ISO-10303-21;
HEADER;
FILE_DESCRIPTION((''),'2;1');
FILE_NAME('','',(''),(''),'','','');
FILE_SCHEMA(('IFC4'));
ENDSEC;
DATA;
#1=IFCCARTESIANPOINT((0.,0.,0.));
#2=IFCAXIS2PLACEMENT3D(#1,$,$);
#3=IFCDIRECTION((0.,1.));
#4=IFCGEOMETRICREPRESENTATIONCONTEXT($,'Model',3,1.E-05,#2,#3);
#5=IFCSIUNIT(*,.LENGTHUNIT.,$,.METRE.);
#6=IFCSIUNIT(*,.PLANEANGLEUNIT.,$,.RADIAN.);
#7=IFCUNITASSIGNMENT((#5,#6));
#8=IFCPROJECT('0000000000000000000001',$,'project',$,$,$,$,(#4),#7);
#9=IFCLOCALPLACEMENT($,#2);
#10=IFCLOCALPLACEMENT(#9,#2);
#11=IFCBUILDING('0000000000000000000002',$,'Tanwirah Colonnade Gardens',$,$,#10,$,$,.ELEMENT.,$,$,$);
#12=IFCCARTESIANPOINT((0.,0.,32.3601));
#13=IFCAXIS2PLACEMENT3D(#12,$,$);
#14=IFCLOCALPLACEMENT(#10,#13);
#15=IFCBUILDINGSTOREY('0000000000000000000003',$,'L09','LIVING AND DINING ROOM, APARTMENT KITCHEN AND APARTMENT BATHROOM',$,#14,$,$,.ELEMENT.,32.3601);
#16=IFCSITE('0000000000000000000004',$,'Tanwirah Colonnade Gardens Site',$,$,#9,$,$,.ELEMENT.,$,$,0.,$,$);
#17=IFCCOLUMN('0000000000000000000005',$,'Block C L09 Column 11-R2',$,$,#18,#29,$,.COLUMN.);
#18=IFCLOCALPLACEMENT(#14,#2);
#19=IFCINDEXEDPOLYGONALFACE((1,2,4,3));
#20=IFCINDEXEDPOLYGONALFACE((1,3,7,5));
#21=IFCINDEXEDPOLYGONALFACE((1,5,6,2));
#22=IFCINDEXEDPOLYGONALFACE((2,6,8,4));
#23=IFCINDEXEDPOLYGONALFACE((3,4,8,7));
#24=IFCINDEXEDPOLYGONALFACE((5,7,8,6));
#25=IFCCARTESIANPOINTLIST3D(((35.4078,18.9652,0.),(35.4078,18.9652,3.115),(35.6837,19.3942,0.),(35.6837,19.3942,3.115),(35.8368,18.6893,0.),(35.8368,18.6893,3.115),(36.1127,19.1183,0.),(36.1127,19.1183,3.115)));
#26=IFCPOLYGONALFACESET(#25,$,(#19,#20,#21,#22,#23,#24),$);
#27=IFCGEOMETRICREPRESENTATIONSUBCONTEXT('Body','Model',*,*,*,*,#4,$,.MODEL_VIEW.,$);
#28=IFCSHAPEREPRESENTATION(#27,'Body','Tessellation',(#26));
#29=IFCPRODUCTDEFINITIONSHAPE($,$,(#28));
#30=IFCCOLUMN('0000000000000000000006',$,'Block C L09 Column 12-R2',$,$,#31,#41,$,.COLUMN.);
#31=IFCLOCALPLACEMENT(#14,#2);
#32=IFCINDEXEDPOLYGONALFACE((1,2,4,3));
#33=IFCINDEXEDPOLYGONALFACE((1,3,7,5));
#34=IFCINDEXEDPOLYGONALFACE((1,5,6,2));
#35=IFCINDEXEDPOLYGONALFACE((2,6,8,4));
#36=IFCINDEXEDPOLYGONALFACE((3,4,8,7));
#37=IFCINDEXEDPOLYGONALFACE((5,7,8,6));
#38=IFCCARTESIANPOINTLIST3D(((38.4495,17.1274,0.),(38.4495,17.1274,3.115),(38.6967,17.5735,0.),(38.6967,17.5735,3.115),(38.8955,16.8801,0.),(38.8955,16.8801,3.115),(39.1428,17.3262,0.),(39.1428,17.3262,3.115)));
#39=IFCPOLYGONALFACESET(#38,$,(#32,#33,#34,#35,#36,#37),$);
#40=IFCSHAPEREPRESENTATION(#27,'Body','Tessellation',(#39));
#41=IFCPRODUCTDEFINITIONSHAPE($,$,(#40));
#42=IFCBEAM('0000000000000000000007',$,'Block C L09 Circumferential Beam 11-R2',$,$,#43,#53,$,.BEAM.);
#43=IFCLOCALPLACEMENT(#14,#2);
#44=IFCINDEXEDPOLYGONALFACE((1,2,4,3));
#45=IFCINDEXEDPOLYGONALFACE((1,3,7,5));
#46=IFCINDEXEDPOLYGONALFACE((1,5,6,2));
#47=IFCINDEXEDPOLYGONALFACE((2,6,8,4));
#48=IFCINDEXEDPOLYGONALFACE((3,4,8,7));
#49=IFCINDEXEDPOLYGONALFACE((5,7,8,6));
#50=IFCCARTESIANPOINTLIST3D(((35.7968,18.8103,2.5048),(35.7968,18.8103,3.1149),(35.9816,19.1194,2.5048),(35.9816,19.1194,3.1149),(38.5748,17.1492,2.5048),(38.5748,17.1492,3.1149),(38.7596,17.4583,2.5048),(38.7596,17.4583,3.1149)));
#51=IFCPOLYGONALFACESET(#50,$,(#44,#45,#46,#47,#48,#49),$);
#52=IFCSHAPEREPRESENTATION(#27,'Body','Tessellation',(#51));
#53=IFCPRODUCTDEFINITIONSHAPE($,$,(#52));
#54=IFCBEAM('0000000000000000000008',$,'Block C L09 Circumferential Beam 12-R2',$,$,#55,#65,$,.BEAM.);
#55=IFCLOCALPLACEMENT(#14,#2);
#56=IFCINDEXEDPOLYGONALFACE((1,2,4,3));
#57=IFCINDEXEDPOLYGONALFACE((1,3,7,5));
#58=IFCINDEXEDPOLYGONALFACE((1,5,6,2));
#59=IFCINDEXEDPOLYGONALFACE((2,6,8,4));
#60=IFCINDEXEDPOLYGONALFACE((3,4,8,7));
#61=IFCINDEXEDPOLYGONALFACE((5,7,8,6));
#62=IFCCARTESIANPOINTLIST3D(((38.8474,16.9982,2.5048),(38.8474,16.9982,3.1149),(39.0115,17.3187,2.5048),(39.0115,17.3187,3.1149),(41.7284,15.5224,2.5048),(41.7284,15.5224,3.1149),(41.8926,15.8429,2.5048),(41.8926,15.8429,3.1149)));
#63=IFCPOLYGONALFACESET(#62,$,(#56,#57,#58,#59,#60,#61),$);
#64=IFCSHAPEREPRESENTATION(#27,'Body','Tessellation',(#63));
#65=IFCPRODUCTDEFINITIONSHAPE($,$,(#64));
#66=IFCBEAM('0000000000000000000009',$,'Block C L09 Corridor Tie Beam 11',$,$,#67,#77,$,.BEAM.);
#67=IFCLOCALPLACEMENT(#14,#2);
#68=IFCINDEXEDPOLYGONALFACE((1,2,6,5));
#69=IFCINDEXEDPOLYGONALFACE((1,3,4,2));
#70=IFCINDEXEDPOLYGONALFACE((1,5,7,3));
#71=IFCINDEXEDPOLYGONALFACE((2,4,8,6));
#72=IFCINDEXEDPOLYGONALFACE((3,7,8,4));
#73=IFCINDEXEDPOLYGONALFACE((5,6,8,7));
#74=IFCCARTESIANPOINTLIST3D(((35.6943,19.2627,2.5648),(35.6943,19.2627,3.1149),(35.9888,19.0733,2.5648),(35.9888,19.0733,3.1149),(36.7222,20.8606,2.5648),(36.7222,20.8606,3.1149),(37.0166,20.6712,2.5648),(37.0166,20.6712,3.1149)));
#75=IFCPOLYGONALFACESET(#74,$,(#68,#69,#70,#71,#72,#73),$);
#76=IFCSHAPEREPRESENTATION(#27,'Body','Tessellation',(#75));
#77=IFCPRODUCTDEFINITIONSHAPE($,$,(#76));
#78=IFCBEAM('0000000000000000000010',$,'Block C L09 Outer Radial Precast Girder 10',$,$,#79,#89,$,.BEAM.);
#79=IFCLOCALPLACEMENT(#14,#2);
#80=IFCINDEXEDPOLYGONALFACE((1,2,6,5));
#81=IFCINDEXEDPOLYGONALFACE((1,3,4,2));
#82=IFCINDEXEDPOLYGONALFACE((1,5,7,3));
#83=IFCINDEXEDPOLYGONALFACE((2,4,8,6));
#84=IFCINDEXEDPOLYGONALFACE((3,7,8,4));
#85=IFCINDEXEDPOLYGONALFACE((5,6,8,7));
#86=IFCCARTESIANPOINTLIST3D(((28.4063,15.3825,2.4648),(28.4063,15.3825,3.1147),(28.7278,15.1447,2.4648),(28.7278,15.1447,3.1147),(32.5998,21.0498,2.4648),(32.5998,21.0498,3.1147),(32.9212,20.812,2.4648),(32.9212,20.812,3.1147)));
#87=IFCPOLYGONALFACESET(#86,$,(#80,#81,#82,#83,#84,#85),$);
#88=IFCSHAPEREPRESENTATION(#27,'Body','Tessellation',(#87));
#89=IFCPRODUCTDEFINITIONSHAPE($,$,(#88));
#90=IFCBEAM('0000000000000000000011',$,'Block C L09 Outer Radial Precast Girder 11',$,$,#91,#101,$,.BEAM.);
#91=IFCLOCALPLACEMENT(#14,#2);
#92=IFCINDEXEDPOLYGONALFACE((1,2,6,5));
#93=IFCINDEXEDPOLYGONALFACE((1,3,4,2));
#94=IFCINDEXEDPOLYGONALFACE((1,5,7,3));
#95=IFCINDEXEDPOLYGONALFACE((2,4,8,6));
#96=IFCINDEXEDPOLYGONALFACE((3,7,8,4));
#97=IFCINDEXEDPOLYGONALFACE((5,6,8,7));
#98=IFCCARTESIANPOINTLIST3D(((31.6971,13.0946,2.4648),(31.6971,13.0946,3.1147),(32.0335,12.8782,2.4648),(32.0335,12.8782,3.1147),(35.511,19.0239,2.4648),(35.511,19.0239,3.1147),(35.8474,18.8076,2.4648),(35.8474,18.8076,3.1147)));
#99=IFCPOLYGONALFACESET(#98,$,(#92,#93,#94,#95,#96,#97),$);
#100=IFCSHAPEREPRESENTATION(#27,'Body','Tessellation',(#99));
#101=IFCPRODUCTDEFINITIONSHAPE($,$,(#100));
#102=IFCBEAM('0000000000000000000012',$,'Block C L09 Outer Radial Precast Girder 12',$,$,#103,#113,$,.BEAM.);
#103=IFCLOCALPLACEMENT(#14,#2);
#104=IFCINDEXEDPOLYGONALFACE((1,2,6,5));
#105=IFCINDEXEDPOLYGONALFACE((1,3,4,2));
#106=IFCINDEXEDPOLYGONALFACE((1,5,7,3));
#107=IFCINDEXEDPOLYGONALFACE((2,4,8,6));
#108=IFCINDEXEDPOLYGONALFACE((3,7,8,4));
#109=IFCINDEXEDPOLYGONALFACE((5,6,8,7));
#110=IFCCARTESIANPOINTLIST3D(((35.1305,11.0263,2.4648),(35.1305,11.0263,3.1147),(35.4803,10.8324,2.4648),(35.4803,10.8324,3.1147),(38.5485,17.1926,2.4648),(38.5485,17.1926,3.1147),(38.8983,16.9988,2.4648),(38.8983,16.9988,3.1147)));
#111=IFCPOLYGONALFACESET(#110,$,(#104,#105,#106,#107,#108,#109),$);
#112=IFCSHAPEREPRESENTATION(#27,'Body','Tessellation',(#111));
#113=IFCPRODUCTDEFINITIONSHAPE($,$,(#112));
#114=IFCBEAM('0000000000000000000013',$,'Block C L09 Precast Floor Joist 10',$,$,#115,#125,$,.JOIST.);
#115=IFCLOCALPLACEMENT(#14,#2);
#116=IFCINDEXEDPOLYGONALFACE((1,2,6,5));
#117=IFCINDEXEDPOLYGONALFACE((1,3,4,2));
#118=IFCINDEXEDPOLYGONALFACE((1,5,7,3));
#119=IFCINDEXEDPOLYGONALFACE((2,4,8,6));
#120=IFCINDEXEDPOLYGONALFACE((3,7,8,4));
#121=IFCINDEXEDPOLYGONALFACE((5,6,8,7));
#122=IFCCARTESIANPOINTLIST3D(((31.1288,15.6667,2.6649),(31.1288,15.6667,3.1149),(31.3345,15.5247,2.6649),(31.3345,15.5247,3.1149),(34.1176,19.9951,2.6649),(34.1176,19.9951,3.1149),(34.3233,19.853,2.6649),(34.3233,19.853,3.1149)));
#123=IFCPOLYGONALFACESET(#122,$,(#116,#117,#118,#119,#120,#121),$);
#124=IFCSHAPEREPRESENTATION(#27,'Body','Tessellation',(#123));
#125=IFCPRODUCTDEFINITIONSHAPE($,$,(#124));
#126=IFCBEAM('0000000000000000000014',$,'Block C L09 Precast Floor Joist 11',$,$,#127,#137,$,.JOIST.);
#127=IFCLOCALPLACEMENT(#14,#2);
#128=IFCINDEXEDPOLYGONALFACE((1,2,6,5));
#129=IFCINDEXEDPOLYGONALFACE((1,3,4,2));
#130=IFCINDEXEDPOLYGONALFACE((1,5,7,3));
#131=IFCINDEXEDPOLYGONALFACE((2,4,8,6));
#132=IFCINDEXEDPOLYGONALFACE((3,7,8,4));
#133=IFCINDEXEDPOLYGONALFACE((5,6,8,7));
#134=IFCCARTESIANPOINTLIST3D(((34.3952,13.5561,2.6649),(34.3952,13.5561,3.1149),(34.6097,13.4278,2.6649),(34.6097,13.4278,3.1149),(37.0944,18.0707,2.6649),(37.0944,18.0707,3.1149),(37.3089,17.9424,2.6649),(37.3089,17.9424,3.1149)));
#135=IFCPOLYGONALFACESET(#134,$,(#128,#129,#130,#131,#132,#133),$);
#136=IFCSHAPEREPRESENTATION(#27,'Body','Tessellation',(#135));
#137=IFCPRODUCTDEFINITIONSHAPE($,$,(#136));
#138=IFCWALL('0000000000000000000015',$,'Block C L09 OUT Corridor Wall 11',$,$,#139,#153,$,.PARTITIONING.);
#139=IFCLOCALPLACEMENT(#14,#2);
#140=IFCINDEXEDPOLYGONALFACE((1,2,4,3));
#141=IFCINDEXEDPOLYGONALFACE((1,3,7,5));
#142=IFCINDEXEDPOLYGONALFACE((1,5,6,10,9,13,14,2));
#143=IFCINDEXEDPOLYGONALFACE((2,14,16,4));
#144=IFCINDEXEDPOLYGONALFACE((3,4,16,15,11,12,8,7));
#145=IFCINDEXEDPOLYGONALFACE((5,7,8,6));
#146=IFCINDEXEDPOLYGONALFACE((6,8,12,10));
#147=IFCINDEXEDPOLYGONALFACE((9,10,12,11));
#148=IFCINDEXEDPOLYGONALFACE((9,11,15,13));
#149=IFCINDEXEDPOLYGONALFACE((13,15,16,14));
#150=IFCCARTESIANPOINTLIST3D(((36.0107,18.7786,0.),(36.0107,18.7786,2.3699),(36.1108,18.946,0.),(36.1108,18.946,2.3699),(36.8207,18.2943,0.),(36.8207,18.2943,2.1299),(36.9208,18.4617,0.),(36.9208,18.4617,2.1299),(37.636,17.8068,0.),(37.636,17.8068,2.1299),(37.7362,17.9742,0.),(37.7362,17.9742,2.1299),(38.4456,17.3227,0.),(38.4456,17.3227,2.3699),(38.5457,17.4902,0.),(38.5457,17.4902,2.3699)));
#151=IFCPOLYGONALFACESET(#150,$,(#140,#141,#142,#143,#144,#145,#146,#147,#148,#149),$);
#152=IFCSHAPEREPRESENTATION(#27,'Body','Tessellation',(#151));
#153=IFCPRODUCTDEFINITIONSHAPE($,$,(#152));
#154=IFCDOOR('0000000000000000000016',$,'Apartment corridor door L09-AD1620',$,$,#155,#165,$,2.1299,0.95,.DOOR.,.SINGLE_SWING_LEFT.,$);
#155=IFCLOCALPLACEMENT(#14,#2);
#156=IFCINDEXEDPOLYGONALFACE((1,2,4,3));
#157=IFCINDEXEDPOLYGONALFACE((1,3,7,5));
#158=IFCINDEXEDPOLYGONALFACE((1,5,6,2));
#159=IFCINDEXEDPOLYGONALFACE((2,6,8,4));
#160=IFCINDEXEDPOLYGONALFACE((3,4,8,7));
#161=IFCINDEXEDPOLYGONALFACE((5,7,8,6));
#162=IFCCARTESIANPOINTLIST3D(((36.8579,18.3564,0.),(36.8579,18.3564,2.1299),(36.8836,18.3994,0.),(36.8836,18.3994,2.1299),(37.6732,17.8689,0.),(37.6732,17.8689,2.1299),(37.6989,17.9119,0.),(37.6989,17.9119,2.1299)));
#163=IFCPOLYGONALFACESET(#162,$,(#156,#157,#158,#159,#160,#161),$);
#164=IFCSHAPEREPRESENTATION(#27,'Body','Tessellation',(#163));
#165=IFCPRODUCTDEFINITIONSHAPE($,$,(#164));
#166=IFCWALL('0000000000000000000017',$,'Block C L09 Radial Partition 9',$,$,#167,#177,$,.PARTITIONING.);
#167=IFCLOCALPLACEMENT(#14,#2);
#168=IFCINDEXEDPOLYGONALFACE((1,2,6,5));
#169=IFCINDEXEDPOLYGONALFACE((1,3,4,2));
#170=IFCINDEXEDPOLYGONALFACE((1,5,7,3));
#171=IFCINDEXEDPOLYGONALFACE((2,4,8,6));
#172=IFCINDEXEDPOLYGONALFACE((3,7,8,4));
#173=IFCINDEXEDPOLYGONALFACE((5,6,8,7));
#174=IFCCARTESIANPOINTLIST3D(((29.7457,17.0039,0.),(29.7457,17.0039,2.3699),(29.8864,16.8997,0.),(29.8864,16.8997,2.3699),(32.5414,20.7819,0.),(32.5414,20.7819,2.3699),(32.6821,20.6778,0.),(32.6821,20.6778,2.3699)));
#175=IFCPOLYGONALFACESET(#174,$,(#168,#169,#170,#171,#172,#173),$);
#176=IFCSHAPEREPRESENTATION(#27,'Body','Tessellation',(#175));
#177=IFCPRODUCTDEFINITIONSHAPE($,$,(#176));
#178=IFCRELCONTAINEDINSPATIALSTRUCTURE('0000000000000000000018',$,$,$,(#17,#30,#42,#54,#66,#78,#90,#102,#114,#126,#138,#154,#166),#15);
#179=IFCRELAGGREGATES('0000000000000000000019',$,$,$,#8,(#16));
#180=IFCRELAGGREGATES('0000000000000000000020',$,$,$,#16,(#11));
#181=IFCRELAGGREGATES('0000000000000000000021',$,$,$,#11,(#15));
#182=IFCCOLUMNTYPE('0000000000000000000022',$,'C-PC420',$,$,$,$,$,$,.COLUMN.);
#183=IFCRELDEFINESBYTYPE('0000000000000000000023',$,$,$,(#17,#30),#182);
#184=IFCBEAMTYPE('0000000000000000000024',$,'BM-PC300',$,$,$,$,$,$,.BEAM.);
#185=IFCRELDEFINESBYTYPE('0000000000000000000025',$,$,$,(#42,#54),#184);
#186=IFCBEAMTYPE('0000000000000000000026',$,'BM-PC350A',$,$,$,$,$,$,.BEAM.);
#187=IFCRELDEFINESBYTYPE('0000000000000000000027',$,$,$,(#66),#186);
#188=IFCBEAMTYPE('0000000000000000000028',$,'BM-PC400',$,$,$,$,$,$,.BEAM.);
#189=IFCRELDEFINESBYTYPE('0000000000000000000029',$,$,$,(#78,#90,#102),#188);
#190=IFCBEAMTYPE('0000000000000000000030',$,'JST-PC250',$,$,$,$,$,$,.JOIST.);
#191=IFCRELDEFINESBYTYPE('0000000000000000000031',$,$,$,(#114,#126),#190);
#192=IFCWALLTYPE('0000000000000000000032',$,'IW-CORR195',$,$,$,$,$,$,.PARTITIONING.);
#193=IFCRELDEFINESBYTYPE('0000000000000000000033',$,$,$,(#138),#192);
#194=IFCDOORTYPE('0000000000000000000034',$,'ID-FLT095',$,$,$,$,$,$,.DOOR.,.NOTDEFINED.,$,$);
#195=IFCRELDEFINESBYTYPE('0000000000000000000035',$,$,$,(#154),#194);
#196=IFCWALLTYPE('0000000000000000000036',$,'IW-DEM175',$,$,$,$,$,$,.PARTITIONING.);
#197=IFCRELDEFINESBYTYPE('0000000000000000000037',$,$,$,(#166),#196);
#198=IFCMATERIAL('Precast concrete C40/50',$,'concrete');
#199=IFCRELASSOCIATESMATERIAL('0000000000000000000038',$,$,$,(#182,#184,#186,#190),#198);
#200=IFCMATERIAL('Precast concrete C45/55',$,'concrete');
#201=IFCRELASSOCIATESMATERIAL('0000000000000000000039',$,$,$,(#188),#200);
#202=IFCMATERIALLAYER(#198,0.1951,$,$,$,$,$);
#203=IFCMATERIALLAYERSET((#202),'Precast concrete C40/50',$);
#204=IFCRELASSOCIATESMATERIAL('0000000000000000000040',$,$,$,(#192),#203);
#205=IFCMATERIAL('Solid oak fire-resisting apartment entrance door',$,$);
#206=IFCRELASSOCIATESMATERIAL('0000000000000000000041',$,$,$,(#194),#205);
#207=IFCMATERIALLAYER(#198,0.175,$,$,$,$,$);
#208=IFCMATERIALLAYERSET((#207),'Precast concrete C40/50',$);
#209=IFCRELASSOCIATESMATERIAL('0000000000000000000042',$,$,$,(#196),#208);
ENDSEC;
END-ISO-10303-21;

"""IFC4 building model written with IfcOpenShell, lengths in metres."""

from ifc_helpers import new_model, si_unit, direction, frame, frame_2d, origin, origin_2d, place, context, subcontext, project, spatial, rectangle, extrude, material, layer, layer_set, material_profile, profile_set, type_object, element, fill, save


model = new_model("IFC4")

# Units and contexts
model_context = context("Model", 3, precision=1e-05, world=origin(), true_north=direction((0.0, 1.0)))
body_context = subcontext(model_context, "Body", "Model", "MODEL_VIEW")
ifc_project = project(units=[si_unit("LENGTHUNIT", "METRE"), si_unit("PLANEANGLEUNIT", "RADIAN")], contexts=[model_context])

# Site, building, storey
site_placement = place(None, origin())
site = spatial("IfcSite", under=ifc_project, at=site_placement, Name="Tanwirah Colonnade Gardens Site", CompositionType="ELEMENT", RefElevation=0.0)
building_placement = place(site_placement, origin())
building = spatial("IfcBuilding", under=site, at=building_placement, Name="Tanwirah Colonnade Gardens", CompositionType="ELEMENT")
storey_placement = place(building_placement, frame((0.0, 0.0, 32.3601)))
storey = spatial("IfcBuildingStorey", under=building, at=storey_placement, Name="L09", Description="LIVING AND DINING ROOM, APARTMENT KITCHEN AND APARTMENT BATHROOM", CompositionType="ELEMENT", Elevation=32.3601)

# Columns
ifc_material_1 = material(Name="Precast concrete C40/50", Category="concrete")
ifc_material_profile_1 = material_profile(ifc_material_1, rectangle(XDim=0.51, YDim=0.51, at=origin_2d()), Name="PC-COL 510x510")
ifc_profile_set_1 = profile_set([ifc_material_profile_1], Name="Precast concrete C40/50")
column_type = type_object("IfcColumnType", Name="C-PC420", PredefinedType="COLUMN", material=ifc_profile_set_1)
for number, where, z_axis, x_axis, name in (
    (1, (35.7603, 19.0417, 0.0), (0.0, 0.0, 1.0), (-0.540974, -0.841039, 0.0), "Block C L09 Column 11-R2"),
    (2, (38.7961, 17.2268, 0.0), (0.0, 0.0, 1.0), (-0.48481, -0.87462, 0.0), "Block C L09 Column 12-R2"),
):
    element("IfcColumn", number, at=place(storey_placement, frame(where, z_axis=z_axis, x_axis=x_axis)), inside=storey, type_object=column_type, Name=name, PredefinedType="COLUMN", context=body_context, shape_type="SweptSolid", body=[
        extrude(rectangle(XDim=0.51, YDim=0.51, at=origin_2d()), origin(), (0.0, 0.0, 1.0), 3.115),
    ])

# Beams
ifc_material_profile_2 = material_profile(ifc_material_1, rectangle(XDim=0.3601, YDim=0.6101, at=origin_2d()), Name="PC-BM 360x610")
ifc_profile_set_2 = profile_set([ifc_material_profile_2], Name="Precast concrete C40/50")
beam_type_1 = type_object("IfcBeamType", Name="BM-PC300", PredefinedType="BEAM", material=ifc_profile_set_2)
beam_1_placement = place(storey_placement, frame((35.8892, 18.9648, 2.8098), z_axis=(0.858271, -0.513197, 0.0), x_axis=(0.513197, 0.858271, 0.0)))
element("IfcBeam", 3, at=beam_1_placement, inside=storey, type_object=beam_type_1, Name="Block C L09 Circumferential Beam 11-R2", PredefinedType="BEAM", context=body_context, shape_type="SweptSolid", body=[
    extrude(rectangle(XDim=0.3601, YDim=0.6101, at=origin_2d()), origin(), (0.0, 0.0, 1.0), 3.2368),
])
beam_2_placement = place(storey_placement, frame((38.9294, 17.1584, 2.8098), z_axis=(0.890025, -0.455911, 0.0), x_axis=(0.455911, 0.890025, 0.0)))
element("IfcBeam", 4, at=beam_2_placement, inside=storey, type_object=beam_type_1, Name="Block C L09 Circumferential Beam 12-R2", PredefinedType="BEAM", context=body_context, shape_type="SweptSolid", body=[
    extrude(rectangle(XDim=0.3601, YDim=0.6101, at=origin_2d()), origin(), (0.0, 0.0, 1.0), 3.2371),
])
ifc_material_profile_3 = material_profile(ifc_material_1, rectangle(XDim=0.3501, YDim=0.55, at=origin_2d()), Name="PC-BM 350x550")
ifc_profile_set_3 = profile_set([ifc_material_profile_3], Name="Precast concrete C40/50")
beam_type_2 = type_object("IfcBeamType", Name="BM-PC350A", PredefinedType="BEAM", material=ifc_profile_set_3)
beam_3_placement = place(storey_placement, frame((36.8694, 20.7659, 2.8398), z_axis=(-0.540985, -0.841032, 0.0), x_axis=(0.841032, -0.540985, 0.0)))
element("IfcBeam", 5, at=beam_3_placement, inside=storey, type_object=beam_type_2, Name="Block C L09 Corridor Tie Beam 11", PredefinedType="BEAM", context=body_context, shape_type="SweptSolid", body=[
    extrude(rectangle(XDim=0.3501, YDim=0.55, at=origin_2d()), origin(), (0.0, 0.0, 1.0), 1.8999),
])
ifc_material_2 = material(Name="Precast concrete C45/55", Category="concrete")
ifc_material_profile_4 = material_profile(ifc_material_2, rectangle(XDim=0.3999, YDim=0.6499, at=origin_2d()), Name="PC-BM 400x650")
ifc_profile_set_4 = profile_set([ifc_material_profile_4], Name="Precast concrete C45/55")
beam_type_3 = type_object("IfcBeamType", Name="BM-PC400", PredefinedType="BEAM", material=ifc_profile_set_4)
for number, where, z_axis, x_axis, name in (
    (6, (32.7605, 20.9309, 2.7898), (-0.594807, -0.803869, 0.0), (0.803869, -0.594807, 0.0), "Block C L09 Outer Radial Precast Girder 10"),
    (7, (35.6792, 18.9158, 2.7898), (-0.540976, -0.841038, 0.0), (0.841038, -0.540976, 0.0), "Block C L09 Outer Radial Precast Girder 11"),
):
    element("IfcBeam", number, at=place(storey_placement, frame(where, z_axis=z_axis, x_axis=x_axis)), inside=storey, type_object=beam_type_3, Name=name, PredefinedType="BEAM", context=body_context, shape_type="SweptSolid", body=[
        extrude(rectangle(XDim=0.3999, YDim=0.6499, at=origin_2d()), origin(), (0.0, 0.0, 1.0), 7.05),
    ])
beam_4_placement = place(storey_placement, frame((38.7234, 17.0957, 2.7898), z_axis=(-0.484805, -0.874622, 0.0), x_axis=(0.874622, -0.484805, 0.0)))
element("IfcBeam", 8, at=beam_4_placement, inside=storey, type_object=beam_type_3, Name="Block C L09 Outer Radial Precast Girder 12", PredefinedType="BEAM", context=body_context, shape_type="SweptSolid", body=[
    extrude(rectangle(XDim=0.3999, YDim=0.6499, at=origin_2d()), origin(), (0.0, 0.0, 1.0), 7.0503),
])
ifc_material_profile_5 = material_profile(ifc_material_1, rectangle(XDim=0.25, YDim=0.45, at=origin_2d()), Name="PC-JST 250x450")
ifc_profile_set_5 = profile_set([ifc_material_profile_5], Name="Precast concrete C40/50")
beam_type_4 = type_object("IfcBeamType", Name="JST-PC250", PredefinedType="JOIST", material=ifc_profile_set_5)
for number, where, z_axis, x_axis, name in (
    (9, (34.2205, 19.9241, 2.8899), (-0.568208, -0.822885, 0.0), (0.822885, -0.568208, 0.0), "Block C L09 Precast Floor Joist 10"),
    (10, (37.2017, 18.0066, 2.8899), (-0.513157, -0.858295, 0.0), (0.858295, -0.513157, 0.0), "Block C L09 Precast Floor Joist 11"),
):
    element("IfcBeam", number, at=place(storey_placement, frame(where, z_axis=z_axis, x_axis=x_axis)), inside=storey, type_object=beam_type_4, Name=name, PredefinedType="JOIST", context=body_context, shape_type="SweptSolid", body=[
        extrude(rectangle(XDim=0.25, YDim=0.45, at=origin_2d()), origin(), (0.0, 0.0, 1.0), 5.26),
    ])

# Wall, opening, door
ifc_layer_1 = layer(ifc_material_1, 0.1951)
ifc_layer_set_1 = layer_set([ifc_layer_1], Name="Precast concrete C40/50")
wall_type_1 = type_object("IfcWallType", Name="IW-CORR195", PredefinedType="PARTITIONING", material=ifc_layer_set_1)
ifc_material_3 = material(Name="Solid oak fire-resisting apartment entrance door")
wall_1_placement = place(storey_placement, frame((36.0608, 18.8623, 0.0), z_axis=(0.0, 0.0, 1.0), x_axis=(0.858282, -0.513179, 0.0)))
wall_1 = element("IfcWall", 11, at=wall_1_placement, inside=storey, type_object=wall_type_1, Name="Block C L09 OUT Corridor Wall 11", PredefinedType="PARTITIONING", context=body_context, shape_type="SweptSolid", body=[
    extrude(rectangle(XDim=2.8369, YDim=0.1951, at=frame_2d((1.4185, 0.0))), origin(), (0.0, 0.0, 1.0), 2.3699),
])
opening_1_placement = place(wall_1_placement, frame((0.9436, 0.0, 0.0)))
opening_1 = element("IfcOpeningElement", 12, at=opening_1_placement, cuts=wall_1, PredefinedType="OPENING", context=body_context, shape_type="SweptSolid", body=[
    extrude(rectangle(XDim=0.95, YDim=2.1299, at=frame_2d((0.4751, 1.0649))), frame((0.0, 0.1074, 0.0), z_axis=(0.0, -1.0, 0.0), x_axis=(1.0, 0.0, 0.0)), (0.0, 0.0, 1.0), 0.2151),
])
door_type_1 = type_object("IfcDoorType", Name="ID-FLT095", OperationType="NOTDEFINED", PredefinedType="DOOR", material=ifc_material_3)
door_1_placement = place(opening_1_placement, origin())
door_1 = element("IfcDoor", 13, at=door_1_placement, inside=storey, type_object=door_type_1, Name="Apartment corridor door L09-AD1620", OperationType="SINGLE_SWING_LEFT", OverallHeight=2.1299, OverallWidth=0.95, PredefinedType="DOOR", context=body_context, shape_type="SweptSolid", body=[
    extrude(rectangle(XDim=0.95, YDim=2.1299, at=frame_2d((0.4751, 1.0649))), frame((0.0, 0.0249, 0.0), z_axis=(0.0, -1.0, 0.0), x_axis=(1.0, 0.0, 0.0)), (0.0, 0.0, 1.0), 0.05),
])
fill(opening_1, door_1)

# Wall
ifc_layer_2 = layer(ifc_material_1, 0.175)
ifc_layer_set_2 = layer_set([ifc_layer_2], Name="Precast concrete C40/50")
wall_type_2 = type_object("IfcWallType", Name="IW-DEM175", PredefinedType="PARTITIONING", material=ifc_layer_set_2)
wall_2_placement = place(storey_placement, frame((32.6118, 20.73, 0.0), z_axis=(0.0, 0.0, 1.0), x_axis=(-0.594826, -0.803854, 0.0)))
element("IfcWall", 14, at=wall_2_placement, inside=storey, type_object=wall_type_2, Name="Block C L09 Radial Partition 9", PredefinedType="PARTITIONING", context=body_context, shape_type="SweptSolid", body=[
    extrude(rectangle(XDim=4.7, YDim=0.175, at=frame_2d((2.3501, 0.0))), origin(), (0.0, 0.0, 1.0), 2.3699),
])

save(model, "model.ifc")
